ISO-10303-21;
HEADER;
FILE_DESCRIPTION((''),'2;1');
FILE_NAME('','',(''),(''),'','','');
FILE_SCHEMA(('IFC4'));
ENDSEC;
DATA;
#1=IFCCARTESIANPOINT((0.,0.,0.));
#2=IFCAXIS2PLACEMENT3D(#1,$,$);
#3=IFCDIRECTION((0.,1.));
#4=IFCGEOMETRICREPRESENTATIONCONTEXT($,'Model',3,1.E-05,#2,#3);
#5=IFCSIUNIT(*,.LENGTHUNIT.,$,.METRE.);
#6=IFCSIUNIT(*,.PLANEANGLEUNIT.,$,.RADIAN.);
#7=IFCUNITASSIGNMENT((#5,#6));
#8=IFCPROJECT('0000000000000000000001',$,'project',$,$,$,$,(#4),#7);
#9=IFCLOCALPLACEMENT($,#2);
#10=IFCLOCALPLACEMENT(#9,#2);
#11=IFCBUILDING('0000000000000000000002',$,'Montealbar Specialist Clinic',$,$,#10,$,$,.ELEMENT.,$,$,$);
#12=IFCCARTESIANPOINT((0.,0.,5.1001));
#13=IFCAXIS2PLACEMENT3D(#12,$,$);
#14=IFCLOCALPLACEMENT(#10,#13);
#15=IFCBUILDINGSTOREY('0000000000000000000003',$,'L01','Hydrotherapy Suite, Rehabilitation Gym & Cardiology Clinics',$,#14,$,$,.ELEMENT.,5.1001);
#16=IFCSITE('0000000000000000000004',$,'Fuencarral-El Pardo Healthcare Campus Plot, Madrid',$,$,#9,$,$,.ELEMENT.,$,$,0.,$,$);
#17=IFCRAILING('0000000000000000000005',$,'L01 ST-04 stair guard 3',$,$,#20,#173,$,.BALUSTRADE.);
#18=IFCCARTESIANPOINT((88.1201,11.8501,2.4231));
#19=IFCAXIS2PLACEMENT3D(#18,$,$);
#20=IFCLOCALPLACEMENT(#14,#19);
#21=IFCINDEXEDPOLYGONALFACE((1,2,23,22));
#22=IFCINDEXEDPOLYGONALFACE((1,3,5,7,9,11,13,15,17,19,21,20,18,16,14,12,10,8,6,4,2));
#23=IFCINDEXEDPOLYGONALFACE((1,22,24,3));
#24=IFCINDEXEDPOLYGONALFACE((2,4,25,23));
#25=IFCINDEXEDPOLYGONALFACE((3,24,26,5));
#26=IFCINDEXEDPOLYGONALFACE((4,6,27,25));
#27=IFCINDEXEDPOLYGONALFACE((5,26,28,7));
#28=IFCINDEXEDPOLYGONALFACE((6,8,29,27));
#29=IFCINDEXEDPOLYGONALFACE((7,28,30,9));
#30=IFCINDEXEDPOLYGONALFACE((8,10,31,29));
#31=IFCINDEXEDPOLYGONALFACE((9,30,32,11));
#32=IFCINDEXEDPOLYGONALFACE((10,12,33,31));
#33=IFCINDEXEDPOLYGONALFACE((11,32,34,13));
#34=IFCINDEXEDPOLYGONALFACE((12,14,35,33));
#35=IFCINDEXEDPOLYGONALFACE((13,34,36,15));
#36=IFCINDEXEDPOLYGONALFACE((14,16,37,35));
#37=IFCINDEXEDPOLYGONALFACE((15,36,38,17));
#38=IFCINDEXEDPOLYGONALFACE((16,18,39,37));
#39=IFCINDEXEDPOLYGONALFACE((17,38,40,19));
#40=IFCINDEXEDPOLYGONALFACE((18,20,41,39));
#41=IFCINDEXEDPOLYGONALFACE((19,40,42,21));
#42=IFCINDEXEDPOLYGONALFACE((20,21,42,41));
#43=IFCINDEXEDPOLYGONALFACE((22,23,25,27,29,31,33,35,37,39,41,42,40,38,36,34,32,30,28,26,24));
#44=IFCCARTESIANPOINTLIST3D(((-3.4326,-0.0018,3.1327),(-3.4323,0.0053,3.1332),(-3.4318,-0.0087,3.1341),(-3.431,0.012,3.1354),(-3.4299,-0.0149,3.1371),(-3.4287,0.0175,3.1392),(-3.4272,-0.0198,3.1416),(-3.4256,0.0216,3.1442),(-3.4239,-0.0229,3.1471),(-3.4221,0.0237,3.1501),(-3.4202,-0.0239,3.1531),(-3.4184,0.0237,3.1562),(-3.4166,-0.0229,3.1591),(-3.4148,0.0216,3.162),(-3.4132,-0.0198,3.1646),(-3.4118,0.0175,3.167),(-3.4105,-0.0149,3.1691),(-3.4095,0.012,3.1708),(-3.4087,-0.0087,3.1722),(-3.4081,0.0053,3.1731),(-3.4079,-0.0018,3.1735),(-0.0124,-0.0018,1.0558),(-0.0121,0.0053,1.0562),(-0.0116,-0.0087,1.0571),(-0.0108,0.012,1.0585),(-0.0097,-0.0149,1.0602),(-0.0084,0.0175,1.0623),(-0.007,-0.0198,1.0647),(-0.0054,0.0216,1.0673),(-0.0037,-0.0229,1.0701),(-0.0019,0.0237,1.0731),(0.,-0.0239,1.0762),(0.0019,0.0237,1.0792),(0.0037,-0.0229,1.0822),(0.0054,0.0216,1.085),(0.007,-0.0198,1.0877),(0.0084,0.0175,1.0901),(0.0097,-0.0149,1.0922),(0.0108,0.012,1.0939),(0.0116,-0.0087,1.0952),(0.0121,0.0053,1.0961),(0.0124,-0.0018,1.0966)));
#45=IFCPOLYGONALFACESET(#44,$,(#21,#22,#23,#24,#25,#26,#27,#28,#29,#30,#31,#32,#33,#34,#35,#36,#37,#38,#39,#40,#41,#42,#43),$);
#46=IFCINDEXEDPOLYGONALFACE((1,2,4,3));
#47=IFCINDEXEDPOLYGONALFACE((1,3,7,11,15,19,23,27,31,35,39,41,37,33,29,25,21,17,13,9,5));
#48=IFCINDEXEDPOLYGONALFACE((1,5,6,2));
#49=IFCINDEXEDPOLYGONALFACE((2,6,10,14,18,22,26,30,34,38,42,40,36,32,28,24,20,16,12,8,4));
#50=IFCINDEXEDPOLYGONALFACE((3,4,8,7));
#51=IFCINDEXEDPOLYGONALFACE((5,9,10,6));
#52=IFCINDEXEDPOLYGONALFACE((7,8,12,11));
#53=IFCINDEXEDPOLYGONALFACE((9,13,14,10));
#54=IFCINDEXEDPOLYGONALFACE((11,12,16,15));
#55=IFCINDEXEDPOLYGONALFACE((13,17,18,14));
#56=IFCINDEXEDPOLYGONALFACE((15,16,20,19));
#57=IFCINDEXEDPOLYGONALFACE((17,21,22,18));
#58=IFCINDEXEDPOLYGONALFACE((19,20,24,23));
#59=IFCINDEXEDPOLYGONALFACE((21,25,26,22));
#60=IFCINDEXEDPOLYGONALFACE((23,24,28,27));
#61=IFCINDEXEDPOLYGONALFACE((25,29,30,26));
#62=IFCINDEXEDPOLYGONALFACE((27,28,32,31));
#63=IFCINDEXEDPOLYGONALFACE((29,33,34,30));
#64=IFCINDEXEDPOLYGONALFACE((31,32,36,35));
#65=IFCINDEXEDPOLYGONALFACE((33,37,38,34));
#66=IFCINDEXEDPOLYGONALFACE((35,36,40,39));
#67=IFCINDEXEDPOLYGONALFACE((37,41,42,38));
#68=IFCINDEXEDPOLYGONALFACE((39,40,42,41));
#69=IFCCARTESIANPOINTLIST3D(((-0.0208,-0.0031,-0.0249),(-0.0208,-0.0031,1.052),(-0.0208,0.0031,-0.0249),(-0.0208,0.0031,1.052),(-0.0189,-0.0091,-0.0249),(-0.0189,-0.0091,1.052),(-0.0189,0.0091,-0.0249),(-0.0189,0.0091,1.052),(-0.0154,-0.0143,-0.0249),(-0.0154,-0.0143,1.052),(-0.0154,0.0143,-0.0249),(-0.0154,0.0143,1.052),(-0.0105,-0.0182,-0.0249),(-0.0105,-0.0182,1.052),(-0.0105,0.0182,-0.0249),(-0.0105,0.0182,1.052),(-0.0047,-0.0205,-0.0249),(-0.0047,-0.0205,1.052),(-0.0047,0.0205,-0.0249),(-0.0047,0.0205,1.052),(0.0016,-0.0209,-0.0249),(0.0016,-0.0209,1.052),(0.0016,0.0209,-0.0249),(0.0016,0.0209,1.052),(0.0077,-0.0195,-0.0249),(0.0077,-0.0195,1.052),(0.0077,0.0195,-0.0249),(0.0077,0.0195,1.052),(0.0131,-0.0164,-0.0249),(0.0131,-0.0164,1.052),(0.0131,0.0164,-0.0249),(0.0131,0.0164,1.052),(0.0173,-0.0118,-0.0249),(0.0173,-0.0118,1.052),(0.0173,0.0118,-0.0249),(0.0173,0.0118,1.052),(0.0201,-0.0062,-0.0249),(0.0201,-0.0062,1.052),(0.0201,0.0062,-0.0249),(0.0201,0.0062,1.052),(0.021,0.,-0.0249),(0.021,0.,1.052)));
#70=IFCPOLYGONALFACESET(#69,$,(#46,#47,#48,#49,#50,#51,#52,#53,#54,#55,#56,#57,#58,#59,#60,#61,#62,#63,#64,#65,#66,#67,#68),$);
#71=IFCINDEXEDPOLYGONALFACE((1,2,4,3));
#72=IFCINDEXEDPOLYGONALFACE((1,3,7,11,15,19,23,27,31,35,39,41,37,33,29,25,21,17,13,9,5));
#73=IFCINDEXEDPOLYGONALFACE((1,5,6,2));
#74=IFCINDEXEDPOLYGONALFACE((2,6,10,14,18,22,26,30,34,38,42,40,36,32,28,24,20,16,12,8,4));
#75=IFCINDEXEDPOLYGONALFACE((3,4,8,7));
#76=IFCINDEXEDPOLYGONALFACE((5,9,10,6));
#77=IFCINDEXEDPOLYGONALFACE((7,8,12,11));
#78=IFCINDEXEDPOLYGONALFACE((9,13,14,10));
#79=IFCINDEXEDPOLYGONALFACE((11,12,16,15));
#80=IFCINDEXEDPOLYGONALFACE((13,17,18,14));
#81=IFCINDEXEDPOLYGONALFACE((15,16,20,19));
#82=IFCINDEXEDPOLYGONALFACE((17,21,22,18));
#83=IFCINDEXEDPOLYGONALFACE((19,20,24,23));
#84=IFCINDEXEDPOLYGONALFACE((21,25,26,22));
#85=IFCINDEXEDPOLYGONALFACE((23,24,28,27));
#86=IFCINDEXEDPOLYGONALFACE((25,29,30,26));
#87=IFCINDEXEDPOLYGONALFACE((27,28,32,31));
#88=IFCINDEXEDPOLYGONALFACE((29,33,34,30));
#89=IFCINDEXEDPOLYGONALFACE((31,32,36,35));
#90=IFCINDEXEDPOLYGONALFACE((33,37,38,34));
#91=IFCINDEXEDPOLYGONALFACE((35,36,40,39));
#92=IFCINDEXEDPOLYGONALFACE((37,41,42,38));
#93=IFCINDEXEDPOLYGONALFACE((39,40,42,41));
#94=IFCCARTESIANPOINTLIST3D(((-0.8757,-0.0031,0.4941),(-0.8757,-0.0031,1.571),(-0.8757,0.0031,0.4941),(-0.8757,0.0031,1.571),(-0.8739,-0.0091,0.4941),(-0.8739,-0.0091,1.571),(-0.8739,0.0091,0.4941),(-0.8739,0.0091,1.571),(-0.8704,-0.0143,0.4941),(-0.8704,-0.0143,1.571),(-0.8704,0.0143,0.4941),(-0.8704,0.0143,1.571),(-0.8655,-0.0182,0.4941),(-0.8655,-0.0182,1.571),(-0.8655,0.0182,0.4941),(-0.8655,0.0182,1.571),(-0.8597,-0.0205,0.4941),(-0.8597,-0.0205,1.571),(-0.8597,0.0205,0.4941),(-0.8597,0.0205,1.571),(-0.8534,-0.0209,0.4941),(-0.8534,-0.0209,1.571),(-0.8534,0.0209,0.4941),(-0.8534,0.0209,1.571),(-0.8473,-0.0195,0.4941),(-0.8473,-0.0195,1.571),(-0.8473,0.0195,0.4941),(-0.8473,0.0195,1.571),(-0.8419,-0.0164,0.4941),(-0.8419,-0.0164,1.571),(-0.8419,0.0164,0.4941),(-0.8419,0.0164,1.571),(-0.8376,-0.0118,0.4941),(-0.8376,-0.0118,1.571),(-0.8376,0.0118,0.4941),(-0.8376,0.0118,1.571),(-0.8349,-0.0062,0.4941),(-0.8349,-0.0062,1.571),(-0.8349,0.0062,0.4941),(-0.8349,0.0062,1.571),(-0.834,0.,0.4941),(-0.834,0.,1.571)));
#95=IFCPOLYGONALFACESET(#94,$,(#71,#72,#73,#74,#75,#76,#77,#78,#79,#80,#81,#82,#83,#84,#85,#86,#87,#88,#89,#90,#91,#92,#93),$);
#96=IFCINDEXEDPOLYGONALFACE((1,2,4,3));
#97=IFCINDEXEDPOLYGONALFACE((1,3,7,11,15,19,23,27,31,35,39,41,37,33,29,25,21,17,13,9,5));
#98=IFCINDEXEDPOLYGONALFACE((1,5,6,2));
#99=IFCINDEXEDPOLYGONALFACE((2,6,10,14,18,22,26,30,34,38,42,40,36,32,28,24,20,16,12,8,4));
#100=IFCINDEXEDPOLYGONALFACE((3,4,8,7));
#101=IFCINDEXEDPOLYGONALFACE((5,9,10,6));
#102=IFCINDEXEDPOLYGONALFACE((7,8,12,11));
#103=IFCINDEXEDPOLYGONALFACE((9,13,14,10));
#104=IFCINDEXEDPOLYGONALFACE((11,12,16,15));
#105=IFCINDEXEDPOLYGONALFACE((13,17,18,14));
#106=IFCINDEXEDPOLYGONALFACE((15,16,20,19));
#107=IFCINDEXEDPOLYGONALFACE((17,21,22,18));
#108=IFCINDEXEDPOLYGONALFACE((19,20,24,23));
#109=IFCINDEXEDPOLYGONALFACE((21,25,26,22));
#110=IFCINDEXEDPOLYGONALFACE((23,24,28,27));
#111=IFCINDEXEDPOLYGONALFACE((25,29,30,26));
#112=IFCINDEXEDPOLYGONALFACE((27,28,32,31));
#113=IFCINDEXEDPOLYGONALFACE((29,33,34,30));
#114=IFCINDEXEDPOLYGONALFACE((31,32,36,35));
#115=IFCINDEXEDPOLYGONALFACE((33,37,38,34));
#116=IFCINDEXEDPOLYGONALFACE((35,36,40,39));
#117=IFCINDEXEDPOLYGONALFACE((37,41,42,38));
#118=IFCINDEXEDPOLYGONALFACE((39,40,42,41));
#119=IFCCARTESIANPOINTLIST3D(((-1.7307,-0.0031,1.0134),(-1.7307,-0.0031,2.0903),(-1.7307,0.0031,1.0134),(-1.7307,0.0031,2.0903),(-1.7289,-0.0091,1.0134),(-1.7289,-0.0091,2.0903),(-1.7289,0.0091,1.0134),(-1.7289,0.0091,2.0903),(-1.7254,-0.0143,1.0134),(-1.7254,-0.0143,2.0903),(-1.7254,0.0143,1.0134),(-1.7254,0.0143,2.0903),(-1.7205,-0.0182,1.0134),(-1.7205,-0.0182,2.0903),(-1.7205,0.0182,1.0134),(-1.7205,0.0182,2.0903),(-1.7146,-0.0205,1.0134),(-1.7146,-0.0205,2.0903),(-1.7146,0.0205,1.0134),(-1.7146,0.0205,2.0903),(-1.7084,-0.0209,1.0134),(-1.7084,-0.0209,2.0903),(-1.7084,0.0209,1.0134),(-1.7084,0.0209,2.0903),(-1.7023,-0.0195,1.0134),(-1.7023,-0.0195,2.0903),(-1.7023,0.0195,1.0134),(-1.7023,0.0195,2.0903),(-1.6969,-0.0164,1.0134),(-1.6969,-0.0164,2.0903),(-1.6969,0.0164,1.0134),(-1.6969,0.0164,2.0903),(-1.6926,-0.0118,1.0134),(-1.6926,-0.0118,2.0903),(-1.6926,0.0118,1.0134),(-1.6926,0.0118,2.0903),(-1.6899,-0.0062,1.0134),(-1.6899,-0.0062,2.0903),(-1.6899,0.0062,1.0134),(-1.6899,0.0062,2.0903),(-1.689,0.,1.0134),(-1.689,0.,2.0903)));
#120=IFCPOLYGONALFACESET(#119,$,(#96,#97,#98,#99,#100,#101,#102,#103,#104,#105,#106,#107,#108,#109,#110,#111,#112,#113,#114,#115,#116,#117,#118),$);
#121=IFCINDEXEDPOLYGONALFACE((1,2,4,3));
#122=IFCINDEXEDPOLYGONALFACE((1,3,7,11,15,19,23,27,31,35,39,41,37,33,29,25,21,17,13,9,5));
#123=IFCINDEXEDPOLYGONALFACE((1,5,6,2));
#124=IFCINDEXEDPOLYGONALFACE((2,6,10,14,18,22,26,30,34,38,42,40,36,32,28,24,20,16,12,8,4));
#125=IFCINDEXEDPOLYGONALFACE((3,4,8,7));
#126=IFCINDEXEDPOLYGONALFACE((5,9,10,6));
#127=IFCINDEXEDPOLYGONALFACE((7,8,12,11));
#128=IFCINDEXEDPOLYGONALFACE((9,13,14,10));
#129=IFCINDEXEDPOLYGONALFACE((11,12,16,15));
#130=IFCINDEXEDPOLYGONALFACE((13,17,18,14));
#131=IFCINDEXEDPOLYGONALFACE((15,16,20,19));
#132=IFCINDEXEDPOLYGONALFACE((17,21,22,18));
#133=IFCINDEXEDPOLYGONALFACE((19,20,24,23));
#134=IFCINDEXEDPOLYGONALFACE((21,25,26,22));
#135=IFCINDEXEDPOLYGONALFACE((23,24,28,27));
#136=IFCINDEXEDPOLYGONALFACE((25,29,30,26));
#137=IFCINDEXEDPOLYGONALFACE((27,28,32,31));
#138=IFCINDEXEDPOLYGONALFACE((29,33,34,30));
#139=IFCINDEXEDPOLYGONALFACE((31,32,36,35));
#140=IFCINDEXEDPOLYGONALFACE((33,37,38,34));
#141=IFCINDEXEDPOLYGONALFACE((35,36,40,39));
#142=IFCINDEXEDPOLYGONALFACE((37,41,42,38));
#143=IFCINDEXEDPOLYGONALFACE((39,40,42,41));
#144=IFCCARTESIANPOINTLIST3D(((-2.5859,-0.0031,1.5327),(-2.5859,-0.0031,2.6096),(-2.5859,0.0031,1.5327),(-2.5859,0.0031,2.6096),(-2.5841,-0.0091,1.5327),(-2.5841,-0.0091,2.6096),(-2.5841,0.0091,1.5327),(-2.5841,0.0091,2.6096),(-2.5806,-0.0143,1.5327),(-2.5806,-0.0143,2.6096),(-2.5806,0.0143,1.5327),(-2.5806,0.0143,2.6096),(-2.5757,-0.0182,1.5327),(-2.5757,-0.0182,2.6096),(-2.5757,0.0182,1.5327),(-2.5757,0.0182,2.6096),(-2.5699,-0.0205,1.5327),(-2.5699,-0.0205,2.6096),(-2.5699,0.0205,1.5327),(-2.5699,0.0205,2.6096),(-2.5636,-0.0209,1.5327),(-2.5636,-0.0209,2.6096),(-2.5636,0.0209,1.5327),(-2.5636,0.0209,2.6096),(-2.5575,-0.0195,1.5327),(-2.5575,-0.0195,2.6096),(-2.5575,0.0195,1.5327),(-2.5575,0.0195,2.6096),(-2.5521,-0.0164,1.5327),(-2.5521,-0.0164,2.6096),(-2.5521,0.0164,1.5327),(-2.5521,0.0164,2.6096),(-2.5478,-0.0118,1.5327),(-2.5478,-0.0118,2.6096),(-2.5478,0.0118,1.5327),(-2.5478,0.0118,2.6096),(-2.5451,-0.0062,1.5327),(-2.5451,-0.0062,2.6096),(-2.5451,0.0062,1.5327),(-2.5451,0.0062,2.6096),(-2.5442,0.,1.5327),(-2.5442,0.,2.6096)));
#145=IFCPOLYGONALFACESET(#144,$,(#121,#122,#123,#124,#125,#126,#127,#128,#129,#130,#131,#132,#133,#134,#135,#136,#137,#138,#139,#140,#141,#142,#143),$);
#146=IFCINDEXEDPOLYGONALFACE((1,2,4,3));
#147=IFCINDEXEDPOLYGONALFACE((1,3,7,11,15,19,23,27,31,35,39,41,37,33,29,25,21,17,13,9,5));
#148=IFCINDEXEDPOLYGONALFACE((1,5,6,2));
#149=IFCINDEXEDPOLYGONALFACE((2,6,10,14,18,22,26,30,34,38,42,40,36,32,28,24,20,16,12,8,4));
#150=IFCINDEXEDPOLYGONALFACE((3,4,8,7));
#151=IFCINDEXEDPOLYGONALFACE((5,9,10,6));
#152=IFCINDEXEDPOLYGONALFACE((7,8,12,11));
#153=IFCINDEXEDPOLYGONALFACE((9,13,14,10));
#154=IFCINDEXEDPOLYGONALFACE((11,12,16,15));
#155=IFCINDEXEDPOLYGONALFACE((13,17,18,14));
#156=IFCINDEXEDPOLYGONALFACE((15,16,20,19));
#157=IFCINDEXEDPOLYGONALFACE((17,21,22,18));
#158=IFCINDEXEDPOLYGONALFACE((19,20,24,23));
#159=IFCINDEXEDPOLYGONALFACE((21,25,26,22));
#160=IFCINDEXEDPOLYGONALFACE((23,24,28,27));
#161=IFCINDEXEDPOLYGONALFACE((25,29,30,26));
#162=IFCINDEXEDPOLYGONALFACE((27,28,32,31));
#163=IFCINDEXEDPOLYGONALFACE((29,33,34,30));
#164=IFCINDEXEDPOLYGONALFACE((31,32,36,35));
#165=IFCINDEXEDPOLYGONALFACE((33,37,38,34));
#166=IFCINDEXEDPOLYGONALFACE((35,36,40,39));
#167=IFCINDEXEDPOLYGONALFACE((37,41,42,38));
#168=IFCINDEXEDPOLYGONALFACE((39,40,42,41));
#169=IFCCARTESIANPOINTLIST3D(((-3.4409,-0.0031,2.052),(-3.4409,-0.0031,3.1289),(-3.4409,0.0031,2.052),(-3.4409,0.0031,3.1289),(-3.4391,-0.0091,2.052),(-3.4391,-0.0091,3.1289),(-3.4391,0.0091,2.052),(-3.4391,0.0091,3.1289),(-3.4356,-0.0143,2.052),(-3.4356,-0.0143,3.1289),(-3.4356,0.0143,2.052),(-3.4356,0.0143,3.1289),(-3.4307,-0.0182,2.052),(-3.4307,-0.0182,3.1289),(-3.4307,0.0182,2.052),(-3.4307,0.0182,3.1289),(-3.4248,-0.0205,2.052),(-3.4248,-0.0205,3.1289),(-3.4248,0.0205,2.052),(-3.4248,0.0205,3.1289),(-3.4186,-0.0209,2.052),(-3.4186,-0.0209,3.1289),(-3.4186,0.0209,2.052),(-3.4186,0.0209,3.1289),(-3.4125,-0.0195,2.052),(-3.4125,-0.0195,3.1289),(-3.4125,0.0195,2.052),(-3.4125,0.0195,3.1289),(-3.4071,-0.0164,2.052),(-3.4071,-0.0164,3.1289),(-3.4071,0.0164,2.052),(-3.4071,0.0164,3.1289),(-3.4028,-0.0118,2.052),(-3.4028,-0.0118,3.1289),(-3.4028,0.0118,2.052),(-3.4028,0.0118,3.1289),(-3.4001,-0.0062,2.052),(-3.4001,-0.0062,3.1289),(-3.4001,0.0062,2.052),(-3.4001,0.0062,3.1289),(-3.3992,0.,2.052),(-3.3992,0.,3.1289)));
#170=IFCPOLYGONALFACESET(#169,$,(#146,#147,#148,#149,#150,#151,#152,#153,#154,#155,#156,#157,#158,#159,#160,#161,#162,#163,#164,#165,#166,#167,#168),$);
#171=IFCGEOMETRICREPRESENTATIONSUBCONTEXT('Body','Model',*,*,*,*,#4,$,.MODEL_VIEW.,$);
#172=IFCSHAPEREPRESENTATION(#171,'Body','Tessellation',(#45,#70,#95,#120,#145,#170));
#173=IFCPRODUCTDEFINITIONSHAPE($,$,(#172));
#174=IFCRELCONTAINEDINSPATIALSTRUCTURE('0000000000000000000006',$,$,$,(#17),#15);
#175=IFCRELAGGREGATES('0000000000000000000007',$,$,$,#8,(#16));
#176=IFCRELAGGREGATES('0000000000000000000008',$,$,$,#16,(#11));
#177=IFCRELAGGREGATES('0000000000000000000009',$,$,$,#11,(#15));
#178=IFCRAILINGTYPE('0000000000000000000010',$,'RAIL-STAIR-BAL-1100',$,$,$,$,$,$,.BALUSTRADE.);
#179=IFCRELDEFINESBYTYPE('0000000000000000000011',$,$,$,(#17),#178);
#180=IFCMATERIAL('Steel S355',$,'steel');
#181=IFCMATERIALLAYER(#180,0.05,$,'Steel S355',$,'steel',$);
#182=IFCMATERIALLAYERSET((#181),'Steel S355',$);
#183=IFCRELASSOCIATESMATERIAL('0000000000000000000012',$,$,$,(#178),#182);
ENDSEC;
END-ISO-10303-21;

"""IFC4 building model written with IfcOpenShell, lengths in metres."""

from ifc_helpers import new_model, si_unit, direction, frame, origin, origin_2d, place, context, subcontext, project, spatial, circle, extrude, material, layer, layer_set, type_object, element, save


model = new_model("IFC4")

# Units and contexts
model_context = context("Model", 3, precision=1e-05, world=origin(), true_north=direction((0.0, 1.0)))
body_context = subcontext(model_context, "Body", "Model", "MODEL_VIEW")
ifc_project = project(units=[si_unit("LENGTHUNIT", "METRE"), si_unit("PLANEANGLEUNIT", "RADIAN")], contexts=[model_context])

# Site, building, storey
site_placement = place(None, origin())
site = spatial("IfcSite", under=ifc_project, at=site_placement, Name="Fuencarral-El Pardo Healthcare Campus Plot, Madrid", CompositionType="ELEMENT", RefElevation=0.0)
building_placement = place(site_placement, origin())
building = spatial("IfcBuilding", under=site, at=building_placement, Name="Montealbar Specialist Clinic", CompositionType="ELEMENT")
storey_placement = place(building_placement, frame((0.0, 0.0, 5.1001)))
storey = spatial("IfcBuildingStorey", under=building, at=storey_placement, Name="L01", Description="Hydrotherapy Suite, Rehabilitation Gym & Cardiology Clinics", CompositionType="ELEMENT", Elevation=5.1001)

# Shared definitions
ifc_material_1 = material(Name="Steel S355", Category="steel")

# Railing
ifc_layer_1 = layer(ifc_material_1, 0.05, Name="Steel S355", Category="steel")
ifc_layer_set_1 = layer_set([ifc_layer_1], Name="Steel S355")
railing_type_1 = type_object("IfcRailingType", Name="RAIL-STAIR-BAL-1100", PredefinedType="BALUSTRADE", material=ifc_layer_set_1)
railing_1_placement = place(storey_placement, frame((88.1201, 11.8501, 2.4231)))
element("IfcRailing", 1, at=railing_1_placement, inside=storey, type_object=railing_type_1, Name="L01 ST-04 stair guard 3", PredefinedType="BALUSTRADE", context=body_context, shape_type="SweptSolid", body=[
    extrude(circle(Radius=0.0239, at=origin_2d()), frame((0.0, 0.0, 1.0762), z_axis=(-0.854746, 0.0, 0.519047), x_axis=(0.0, -1.0, 0.0)), (0.0, 0.0, 1.0), 4.0015),
    extrude(circle(Radius=0.021, at=origin_2d()), frame((0.0, 0.0, -0.0249)), (0.0, 0.0, 1.0), 1.0769),
    extrude(circle(Radius=0.021, at=origin_2d()), frame((-0.855, 0.0, 0.4941)), (0.0, 0.0, 1.0), 1.0769),
    extrude(circle(Radius=0.021, at=origin_2d()), frame((-1.71, 0.0, 1.0134)), (0.0, 0.0, 1.0), 1.0769),
    extrude(circle(Radius=0.021, at=origin_2d()), frame((-2.5652, 0.0, 1.5327)), (0.0, 0.0, 1.0), 1.0769),
    extrude(circle(Radius=0.021, at=origin_2d()), frame((-3.4202, 0.0, 2.052)), (0.0, 0.0, 1.0), 1.0769),
])

save(model, "model.ifc")
